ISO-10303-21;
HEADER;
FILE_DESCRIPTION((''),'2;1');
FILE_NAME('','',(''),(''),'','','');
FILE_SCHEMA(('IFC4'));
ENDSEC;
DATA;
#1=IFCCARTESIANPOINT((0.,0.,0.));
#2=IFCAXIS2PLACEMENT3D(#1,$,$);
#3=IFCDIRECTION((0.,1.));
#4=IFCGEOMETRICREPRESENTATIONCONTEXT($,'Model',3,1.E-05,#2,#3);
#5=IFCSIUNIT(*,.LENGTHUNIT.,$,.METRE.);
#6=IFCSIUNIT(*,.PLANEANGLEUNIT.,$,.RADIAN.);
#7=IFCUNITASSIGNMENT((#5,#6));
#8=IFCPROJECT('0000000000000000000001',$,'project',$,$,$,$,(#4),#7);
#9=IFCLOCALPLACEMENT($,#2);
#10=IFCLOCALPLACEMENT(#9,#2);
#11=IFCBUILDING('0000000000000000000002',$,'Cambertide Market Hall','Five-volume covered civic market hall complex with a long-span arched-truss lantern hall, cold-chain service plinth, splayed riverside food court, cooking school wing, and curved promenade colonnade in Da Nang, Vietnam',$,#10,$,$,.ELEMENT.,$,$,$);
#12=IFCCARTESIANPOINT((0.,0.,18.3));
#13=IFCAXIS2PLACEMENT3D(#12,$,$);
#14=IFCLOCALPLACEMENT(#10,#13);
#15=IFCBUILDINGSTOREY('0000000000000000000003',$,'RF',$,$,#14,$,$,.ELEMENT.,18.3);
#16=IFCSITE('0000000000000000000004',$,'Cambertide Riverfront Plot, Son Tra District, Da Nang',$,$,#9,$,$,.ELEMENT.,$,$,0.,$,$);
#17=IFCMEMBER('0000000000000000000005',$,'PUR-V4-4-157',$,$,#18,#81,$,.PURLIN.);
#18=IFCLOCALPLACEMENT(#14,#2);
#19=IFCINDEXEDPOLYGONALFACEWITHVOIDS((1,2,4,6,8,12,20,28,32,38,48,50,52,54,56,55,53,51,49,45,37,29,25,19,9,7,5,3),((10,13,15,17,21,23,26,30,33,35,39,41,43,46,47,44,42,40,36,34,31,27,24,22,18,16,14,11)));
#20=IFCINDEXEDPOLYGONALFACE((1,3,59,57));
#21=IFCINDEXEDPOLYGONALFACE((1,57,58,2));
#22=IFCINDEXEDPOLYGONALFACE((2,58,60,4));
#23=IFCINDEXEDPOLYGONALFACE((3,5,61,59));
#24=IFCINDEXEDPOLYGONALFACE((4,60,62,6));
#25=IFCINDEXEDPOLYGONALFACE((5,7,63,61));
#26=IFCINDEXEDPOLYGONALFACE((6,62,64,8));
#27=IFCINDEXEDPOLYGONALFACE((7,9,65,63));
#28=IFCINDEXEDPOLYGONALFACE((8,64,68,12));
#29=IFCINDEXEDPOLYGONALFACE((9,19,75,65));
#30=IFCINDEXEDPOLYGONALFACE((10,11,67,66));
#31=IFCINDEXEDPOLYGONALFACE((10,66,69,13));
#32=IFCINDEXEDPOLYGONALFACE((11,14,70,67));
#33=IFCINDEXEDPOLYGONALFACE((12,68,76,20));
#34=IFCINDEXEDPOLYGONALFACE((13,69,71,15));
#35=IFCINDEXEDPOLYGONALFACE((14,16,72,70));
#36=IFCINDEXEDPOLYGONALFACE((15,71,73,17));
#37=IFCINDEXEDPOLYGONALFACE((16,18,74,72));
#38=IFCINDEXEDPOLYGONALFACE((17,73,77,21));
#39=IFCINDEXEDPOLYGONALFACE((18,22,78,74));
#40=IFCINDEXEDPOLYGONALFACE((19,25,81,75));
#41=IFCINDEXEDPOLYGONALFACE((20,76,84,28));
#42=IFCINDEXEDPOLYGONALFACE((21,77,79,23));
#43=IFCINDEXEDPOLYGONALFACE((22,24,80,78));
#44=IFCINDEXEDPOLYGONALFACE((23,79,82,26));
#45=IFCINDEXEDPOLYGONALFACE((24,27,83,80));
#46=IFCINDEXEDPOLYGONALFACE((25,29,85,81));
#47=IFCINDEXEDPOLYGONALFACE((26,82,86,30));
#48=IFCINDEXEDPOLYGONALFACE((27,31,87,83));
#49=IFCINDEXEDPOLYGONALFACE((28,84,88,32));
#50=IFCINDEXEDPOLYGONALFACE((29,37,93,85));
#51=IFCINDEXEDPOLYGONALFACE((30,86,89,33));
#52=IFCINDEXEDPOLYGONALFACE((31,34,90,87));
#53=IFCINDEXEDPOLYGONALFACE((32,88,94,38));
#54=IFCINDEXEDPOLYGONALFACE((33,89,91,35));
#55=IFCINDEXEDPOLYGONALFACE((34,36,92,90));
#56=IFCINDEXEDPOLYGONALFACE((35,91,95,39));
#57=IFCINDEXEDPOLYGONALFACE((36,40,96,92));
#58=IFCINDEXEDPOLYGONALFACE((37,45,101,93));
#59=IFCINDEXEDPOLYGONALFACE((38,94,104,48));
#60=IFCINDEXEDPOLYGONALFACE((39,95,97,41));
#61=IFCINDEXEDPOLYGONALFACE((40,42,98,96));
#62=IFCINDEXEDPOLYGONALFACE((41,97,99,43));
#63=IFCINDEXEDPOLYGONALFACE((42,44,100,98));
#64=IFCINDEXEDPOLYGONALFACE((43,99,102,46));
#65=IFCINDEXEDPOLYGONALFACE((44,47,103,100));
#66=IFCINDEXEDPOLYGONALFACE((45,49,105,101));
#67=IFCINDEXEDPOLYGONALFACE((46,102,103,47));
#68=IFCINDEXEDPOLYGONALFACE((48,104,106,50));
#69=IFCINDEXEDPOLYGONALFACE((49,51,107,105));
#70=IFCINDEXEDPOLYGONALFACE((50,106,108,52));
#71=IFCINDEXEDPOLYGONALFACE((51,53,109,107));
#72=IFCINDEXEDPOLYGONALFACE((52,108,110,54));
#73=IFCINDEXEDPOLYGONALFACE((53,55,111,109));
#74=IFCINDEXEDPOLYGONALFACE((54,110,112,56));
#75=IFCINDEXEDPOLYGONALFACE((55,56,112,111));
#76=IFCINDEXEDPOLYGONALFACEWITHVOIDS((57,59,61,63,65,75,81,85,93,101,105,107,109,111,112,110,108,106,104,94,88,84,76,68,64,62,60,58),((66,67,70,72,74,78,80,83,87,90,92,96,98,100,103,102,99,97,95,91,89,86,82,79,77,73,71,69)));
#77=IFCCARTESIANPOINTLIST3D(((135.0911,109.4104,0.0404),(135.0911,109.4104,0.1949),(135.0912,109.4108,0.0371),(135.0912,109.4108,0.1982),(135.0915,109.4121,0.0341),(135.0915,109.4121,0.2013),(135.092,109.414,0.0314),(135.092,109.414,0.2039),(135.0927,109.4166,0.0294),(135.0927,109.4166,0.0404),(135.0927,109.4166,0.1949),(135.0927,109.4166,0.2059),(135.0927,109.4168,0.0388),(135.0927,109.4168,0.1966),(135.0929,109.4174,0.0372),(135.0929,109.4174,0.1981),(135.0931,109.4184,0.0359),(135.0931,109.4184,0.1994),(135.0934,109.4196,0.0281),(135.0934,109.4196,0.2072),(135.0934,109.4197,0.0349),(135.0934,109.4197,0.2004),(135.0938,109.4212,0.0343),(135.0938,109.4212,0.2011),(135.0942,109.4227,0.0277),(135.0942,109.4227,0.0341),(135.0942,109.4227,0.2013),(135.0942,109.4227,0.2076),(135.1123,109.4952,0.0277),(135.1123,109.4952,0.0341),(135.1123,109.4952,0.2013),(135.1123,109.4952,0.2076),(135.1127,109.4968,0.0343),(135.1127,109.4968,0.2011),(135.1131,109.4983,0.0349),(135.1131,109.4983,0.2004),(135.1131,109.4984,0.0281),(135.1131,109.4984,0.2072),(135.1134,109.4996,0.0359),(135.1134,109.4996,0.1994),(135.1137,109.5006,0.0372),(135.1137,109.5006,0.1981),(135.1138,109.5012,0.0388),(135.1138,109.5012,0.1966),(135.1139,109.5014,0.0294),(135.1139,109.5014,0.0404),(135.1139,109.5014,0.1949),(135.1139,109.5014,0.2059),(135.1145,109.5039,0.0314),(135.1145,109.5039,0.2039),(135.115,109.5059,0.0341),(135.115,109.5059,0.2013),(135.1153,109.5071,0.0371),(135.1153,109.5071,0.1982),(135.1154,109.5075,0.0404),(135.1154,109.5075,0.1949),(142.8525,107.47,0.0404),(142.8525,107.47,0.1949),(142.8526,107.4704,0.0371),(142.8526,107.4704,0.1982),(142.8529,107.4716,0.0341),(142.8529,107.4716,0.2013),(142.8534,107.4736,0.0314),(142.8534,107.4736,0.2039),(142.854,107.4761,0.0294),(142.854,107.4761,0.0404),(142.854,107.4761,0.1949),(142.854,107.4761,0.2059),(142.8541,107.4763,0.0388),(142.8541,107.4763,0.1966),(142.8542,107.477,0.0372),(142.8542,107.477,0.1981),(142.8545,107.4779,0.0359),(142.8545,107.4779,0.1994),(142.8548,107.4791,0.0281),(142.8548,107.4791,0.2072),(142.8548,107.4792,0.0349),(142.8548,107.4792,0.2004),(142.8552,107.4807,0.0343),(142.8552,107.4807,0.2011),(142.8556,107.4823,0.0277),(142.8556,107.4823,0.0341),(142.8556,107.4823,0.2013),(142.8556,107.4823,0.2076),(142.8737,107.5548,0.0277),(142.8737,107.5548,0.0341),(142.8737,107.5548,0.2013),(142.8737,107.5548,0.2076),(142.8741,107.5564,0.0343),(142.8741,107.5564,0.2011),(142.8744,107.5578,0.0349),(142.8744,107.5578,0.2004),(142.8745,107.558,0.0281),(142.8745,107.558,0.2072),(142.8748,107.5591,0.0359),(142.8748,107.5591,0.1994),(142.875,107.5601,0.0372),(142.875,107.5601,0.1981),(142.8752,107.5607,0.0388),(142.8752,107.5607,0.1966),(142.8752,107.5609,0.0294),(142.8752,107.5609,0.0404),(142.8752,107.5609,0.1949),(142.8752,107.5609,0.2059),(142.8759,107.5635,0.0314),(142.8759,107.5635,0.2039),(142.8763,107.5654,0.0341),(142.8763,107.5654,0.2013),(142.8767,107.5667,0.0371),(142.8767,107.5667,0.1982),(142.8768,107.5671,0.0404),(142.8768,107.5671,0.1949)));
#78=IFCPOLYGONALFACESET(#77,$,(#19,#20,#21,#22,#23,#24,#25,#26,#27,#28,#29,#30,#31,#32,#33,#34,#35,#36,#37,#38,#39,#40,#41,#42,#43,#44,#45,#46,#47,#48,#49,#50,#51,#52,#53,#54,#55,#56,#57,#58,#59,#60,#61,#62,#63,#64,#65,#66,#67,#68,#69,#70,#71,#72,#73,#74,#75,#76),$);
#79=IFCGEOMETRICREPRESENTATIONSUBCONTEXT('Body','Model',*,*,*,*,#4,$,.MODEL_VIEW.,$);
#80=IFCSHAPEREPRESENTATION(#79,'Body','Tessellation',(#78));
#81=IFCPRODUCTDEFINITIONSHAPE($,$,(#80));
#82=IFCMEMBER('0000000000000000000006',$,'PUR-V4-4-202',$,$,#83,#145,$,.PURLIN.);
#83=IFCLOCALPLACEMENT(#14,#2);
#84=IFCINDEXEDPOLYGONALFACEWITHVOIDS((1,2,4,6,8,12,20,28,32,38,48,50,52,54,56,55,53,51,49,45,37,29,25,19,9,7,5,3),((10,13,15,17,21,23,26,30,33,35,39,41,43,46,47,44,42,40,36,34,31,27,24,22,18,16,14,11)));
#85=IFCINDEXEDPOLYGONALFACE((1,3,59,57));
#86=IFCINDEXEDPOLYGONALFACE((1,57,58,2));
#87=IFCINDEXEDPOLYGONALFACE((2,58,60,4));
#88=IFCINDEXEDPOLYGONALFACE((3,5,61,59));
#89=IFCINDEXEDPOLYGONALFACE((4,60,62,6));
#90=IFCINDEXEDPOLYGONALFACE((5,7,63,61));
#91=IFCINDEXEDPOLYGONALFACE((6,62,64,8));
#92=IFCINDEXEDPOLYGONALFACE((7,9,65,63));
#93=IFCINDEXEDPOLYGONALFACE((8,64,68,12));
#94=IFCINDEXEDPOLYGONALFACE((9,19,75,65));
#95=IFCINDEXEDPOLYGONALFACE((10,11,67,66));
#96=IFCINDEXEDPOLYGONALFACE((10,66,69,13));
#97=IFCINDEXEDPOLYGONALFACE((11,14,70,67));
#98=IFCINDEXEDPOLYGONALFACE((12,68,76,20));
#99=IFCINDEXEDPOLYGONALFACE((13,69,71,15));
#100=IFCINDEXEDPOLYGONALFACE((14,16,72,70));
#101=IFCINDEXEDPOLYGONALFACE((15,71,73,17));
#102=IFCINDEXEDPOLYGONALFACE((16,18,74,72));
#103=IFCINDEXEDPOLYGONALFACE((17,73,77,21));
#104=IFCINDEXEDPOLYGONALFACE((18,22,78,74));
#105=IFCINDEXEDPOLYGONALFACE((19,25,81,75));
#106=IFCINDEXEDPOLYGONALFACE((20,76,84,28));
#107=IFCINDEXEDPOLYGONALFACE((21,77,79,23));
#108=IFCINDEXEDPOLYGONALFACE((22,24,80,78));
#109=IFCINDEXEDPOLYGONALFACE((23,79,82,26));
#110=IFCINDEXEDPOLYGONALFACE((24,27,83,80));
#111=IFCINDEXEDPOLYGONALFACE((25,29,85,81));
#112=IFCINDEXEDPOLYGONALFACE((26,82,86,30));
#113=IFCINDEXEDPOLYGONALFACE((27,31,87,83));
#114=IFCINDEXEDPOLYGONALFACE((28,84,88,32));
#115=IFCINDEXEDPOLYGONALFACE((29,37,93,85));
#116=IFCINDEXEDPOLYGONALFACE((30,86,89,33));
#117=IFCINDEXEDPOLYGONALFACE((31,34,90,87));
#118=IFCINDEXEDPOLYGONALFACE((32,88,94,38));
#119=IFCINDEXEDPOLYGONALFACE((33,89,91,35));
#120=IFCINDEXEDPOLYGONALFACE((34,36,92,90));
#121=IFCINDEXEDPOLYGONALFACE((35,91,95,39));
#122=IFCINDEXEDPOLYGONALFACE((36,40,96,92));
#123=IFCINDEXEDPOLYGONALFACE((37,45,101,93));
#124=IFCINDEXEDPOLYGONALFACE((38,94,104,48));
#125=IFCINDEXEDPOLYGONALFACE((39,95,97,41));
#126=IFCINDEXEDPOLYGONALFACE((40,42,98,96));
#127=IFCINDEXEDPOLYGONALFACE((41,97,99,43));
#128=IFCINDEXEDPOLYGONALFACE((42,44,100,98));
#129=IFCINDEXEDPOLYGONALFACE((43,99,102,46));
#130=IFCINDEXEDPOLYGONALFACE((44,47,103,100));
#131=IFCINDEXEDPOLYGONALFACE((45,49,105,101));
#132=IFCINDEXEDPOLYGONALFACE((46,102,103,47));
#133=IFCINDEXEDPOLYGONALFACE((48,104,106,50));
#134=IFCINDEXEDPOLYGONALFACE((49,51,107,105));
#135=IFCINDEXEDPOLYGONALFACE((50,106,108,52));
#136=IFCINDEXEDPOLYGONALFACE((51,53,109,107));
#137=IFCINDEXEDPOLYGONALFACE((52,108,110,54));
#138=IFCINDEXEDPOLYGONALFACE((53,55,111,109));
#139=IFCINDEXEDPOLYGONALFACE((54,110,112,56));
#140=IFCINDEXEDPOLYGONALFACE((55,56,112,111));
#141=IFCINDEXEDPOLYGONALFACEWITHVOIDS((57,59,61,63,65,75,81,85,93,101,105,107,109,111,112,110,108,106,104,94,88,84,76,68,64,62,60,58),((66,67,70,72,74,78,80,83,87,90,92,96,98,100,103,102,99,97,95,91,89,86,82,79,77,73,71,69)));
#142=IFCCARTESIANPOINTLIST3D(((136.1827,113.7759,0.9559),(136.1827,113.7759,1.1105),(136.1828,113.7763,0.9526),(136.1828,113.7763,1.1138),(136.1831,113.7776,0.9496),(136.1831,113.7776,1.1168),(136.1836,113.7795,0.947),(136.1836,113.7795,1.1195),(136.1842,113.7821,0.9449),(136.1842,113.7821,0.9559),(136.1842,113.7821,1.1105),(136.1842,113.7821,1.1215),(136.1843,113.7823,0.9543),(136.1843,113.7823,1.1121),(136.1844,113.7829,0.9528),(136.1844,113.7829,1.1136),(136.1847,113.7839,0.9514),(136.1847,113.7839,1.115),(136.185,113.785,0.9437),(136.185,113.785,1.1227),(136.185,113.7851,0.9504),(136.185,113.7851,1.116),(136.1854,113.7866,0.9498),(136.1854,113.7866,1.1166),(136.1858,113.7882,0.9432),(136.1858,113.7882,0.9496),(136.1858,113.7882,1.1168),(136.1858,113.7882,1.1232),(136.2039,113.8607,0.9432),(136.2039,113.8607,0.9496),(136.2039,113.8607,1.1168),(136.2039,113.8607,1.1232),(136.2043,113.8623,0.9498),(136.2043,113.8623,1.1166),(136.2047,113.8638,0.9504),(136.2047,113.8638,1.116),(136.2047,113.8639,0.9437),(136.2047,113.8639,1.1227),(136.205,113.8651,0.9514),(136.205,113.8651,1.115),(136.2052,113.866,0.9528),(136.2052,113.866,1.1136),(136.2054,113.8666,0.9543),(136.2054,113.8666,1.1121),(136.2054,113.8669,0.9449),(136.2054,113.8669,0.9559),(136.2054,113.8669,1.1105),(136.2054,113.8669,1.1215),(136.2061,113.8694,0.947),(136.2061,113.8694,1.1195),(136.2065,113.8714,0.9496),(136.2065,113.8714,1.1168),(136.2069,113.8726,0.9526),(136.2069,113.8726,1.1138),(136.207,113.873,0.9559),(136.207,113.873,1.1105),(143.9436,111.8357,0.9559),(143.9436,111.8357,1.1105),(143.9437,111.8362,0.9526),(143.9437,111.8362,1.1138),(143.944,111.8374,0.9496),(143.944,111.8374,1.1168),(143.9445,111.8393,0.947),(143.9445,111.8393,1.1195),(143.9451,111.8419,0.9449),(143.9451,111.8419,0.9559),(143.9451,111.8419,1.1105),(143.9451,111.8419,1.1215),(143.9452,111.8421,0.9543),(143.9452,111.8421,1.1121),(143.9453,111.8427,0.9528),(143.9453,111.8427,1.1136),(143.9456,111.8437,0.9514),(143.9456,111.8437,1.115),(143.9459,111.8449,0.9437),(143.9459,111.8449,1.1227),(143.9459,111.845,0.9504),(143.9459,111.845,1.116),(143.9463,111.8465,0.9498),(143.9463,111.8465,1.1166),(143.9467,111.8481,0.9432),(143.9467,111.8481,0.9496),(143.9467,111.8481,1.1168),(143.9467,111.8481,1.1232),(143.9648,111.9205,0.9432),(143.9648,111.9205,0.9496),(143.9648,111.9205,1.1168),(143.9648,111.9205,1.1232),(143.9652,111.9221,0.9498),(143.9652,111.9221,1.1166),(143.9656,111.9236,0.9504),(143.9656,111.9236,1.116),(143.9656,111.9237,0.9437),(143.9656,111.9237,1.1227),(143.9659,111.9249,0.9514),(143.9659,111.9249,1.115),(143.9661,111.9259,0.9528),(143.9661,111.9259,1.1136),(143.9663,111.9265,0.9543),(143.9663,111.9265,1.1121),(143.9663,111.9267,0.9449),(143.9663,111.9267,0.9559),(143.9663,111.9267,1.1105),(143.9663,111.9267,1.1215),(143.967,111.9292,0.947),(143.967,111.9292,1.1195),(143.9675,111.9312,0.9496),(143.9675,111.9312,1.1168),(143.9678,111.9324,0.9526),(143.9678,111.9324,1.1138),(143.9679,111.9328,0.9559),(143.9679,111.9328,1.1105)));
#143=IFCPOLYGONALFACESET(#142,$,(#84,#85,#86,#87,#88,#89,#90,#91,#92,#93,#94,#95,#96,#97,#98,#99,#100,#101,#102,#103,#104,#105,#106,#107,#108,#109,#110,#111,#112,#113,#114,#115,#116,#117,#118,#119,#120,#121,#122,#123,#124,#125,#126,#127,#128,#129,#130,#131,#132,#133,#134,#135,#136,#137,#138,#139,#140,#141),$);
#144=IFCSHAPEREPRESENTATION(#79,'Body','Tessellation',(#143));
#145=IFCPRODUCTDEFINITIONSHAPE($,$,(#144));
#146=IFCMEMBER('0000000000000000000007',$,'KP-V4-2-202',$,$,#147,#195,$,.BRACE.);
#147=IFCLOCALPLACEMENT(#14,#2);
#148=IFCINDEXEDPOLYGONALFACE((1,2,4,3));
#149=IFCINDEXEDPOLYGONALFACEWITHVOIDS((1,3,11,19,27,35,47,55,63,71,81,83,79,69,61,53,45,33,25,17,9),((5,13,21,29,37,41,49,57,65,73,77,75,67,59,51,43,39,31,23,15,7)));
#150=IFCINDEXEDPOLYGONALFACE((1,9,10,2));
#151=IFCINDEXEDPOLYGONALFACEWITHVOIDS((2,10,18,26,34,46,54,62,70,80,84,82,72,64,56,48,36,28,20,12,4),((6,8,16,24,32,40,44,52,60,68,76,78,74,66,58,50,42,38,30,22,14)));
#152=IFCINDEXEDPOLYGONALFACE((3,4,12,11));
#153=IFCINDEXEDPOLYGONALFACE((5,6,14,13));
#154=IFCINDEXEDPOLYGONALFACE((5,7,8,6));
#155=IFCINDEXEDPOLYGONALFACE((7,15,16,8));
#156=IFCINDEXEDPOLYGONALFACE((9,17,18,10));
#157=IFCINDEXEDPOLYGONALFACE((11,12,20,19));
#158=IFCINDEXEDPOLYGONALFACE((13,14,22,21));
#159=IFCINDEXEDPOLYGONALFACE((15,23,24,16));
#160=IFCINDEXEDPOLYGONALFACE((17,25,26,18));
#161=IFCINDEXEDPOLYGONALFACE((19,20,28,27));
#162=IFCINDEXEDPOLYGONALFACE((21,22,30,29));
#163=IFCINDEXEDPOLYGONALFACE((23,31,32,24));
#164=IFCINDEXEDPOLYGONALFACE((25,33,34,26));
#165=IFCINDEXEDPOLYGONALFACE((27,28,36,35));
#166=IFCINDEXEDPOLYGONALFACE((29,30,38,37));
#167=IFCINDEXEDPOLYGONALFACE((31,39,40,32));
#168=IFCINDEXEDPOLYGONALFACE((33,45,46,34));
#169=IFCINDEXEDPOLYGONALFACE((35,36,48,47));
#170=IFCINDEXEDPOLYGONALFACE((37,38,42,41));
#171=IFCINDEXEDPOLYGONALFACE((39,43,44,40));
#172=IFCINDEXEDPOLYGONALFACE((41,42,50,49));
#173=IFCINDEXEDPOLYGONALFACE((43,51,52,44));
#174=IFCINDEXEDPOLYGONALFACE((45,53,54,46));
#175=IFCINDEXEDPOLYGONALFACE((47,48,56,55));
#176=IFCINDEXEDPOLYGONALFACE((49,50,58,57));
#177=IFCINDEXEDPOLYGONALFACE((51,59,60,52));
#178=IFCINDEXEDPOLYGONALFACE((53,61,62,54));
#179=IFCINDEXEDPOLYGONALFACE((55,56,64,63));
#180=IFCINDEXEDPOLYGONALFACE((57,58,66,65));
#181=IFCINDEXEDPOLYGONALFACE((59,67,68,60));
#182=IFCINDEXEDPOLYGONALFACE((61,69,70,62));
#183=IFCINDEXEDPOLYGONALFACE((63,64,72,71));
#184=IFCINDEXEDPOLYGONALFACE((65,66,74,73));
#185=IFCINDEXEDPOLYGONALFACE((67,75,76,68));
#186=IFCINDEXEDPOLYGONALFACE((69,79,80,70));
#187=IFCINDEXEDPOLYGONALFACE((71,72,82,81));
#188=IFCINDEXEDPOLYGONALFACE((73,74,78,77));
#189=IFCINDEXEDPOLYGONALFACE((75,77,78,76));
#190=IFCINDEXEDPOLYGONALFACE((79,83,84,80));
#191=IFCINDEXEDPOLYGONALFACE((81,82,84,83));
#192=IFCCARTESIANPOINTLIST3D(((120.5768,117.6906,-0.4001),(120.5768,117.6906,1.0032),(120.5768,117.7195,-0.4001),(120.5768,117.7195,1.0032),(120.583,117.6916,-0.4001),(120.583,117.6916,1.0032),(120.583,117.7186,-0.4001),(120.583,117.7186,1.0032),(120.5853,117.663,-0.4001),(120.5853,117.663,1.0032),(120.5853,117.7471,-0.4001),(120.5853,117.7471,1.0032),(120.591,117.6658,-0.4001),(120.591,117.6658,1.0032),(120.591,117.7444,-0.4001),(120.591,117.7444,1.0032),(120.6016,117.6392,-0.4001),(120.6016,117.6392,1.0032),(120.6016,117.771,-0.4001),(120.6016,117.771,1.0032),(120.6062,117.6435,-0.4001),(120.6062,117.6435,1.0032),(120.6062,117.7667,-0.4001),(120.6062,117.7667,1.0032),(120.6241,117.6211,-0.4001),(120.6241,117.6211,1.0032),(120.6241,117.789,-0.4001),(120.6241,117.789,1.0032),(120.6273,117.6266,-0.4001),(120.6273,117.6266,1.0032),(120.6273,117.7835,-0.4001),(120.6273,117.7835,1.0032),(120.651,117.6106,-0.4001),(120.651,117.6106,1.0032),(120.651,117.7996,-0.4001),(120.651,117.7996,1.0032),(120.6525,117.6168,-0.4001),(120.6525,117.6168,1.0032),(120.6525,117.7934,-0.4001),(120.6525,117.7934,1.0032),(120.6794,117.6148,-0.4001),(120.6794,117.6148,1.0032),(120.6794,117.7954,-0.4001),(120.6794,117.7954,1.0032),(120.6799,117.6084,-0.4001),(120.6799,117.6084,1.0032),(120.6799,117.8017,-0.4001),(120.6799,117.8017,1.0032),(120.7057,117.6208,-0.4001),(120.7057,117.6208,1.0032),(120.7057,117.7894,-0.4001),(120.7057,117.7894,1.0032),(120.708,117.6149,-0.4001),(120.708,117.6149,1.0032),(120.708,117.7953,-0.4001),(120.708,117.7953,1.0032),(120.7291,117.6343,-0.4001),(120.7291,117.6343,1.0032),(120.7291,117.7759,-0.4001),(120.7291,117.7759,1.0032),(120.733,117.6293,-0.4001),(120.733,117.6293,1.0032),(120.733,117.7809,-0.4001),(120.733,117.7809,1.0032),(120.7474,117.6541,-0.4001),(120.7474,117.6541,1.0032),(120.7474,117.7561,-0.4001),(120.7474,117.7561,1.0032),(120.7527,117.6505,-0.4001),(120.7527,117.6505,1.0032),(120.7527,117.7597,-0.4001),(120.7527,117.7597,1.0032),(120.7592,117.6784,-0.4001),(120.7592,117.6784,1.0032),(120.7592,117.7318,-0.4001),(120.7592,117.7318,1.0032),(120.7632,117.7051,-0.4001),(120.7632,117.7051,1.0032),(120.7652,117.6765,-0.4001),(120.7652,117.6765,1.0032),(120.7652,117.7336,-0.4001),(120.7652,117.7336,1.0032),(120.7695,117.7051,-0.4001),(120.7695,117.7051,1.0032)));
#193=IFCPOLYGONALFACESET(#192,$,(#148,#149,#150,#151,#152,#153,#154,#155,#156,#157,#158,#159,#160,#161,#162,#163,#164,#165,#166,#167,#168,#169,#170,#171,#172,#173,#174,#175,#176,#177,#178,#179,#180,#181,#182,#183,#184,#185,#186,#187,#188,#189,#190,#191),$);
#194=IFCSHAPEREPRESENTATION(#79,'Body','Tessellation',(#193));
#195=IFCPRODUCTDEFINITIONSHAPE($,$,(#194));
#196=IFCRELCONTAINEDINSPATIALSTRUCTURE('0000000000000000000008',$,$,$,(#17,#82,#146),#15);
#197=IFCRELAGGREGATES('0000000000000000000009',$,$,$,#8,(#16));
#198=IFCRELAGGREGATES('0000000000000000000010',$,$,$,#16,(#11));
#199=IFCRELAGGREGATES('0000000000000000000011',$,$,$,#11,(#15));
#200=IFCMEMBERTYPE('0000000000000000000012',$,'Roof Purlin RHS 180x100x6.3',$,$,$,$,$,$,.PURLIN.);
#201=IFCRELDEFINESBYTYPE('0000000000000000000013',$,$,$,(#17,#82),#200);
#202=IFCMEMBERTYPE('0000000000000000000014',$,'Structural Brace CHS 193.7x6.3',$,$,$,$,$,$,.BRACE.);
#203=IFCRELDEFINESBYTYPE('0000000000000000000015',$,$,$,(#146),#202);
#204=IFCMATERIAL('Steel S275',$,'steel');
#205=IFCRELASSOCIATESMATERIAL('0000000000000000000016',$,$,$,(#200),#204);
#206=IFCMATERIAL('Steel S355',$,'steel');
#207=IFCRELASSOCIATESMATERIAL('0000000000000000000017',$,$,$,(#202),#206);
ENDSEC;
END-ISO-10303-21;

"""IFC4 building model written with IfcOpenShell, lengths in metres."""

from ifc_helpers import new_model, si_unit, direction, frame, origin, origin_2d, place, context, subcontext, project, spatial, hollow_rectangle, hollow_circle, extrude, material, material_profile, profile_set, type_object, element, save


model = new_model("IFC4")

# Units and contexts
model_context = context("Model", 3, precision=1e-05, world=origin(), true_north=direction((0.0, 1.0)))
body_context = subcontext(model_context, "Body", "Model", "MODEL_VIEW")
ifc_project = project(units=[si_unit("LENGTHUNIT", "METRE"), si_unit("PLANEANGLEUNIT", "RADIAN")], contexts=[model_context])

# Site, building, storey
site_placement = place(None, origin())
site = spatial("IfcSite", under=ifc_project, at=site_placement, Name="Cambertide Riverfront Plot, Son Tra District, Da Nang", CompositionType="ELEMENT", RefElevation=0.0)
building_placement = place(site_placement, origin())
building = spatial("IfcBuilding", under=site, at=building_placement, Name="Cambertide Market Hall", Description="Five-volume covered civic market hall complex with a long-span arched-truss lantern hall, cold-chain service plinth, splayed riverside food court, cooking school wing, and curved promenade colonnade in Da Nang, Vietnam", CompositionType="ELEMENT")
storey_placement = place(building_placement, frame((0.0, 0.0, 18.3)))
storey = spatial("IfcBuildingStorey", under=building, at=storey_placement, Name="RF", CompositionType="ELEMENT", Elevation=18.3)

# Members
ifc_material_1 = material(Name="Steel S275", Category="steel")
ifc_material_profile_1 = material_profile(ifc_material_1, hollow_rectangle(XDim=0.1001, YDim=0.1799, WallThickness=0.0063, InnerFilletRadius=0.0063, OuterFilletRadius=0.0127, at=origin_2d()), Name="RHS 180x100x6.3")
ifc_profile_set_1 = profile_set([ifc_material_profile_1], Name="Steel S275")
member_type_1 = type_object("IfcMemberType", Name="Roof Purlin RHS 180x100x6.3", PredefinedType="PURLIN", material=ifc_profile_set_1)
member_1_placement = place(storey_placement, frame((135.1033, 109.459, 0.1177), z_axis=(0.970139, -0.24255, 0.0), x_axis=(0.24255, 0.970139, 0.0)))
element("IfcMember", 1, at=member_1_placement, inside=storey, type_object=member_type_1, Name="PUR-V4-4-157", PredefinedType="PURLIN", context=body_context, shape_type="SweptSolid", body=[
    extrude(hollow_rectangle(XDim=0.1001, YDim=0.1799, WallThickness=0.0063, InnerFilletRadius=0.0063, OuterFilletRadius=0.0127, at=origin_2d()), origin(), (0.0, 0.0, 1.0), 8.0002),
])
member_2_placement = place(storey_placement, frame((136.1948, 113.8245, 1.0332), z_axis=(0.970144, -0.242528, 0.0), x_axis=(0.242528, 0.970144, 0.0)))
element("IfcMember", 2, at=member_2_placement, inside=storey, type_object=member_type_1, Name="PUR-V4-4-202", PredefinedType="PURLIN", context=body_context, shape_type="SweptSolid", body=[
    extrude(hollow_rectangle(XDim=0.1001, YDim=0.1799, WallThickness=0.0063, InnerFilletRadius=0.0063, OuterFilletRadius=0.0127, at=origin_2d()), origin(), (0.0, 0.0, 1.0), 7.9998),
])
ifc_material_2 = material(Name="Steel S355", Category="steel")
ifc_material_profile_2 = material_profile(ifc_material_2, hollow_circle(Radius=0.0969, WallThickness=0.0063, at=origin_2d()), Name="CHS 193.7x6.3")
ifc_profile_set_2 = profile_set([ifc_material_profile_2], Name="Steel S355")
member_type_2 = type_object("IfcMemberType", Name="Structural Brace CHS 193.7x6.3", PredefinedType="BRACE", material=ifc_profile_set_2)
for number, where, z_axis, x_axis, name in (
    (3, (120.6726, 117.7051, -0.4001), (0.0, 0.0, 1.0), (1.0, 0.0, 0.0), "KP-V4-2-202"),
):
    element("IfcMember", number, at=place(storey_placement, frame(where, z_axis=z_axis, x_axis=x_axis)), inside=storey, type_object=member_type_2, Name=name, PredefinedType="BRACE", context=body_context, shape_type="SweptSolid", body=[
        extrude(hollow_circle(Radius=0.0969, WallThickness=0.0063, at=origin_2d()), origin(), (0.0, 0.0, 1.0), 1.4033),
    ])

save(model, "model.ifc")
